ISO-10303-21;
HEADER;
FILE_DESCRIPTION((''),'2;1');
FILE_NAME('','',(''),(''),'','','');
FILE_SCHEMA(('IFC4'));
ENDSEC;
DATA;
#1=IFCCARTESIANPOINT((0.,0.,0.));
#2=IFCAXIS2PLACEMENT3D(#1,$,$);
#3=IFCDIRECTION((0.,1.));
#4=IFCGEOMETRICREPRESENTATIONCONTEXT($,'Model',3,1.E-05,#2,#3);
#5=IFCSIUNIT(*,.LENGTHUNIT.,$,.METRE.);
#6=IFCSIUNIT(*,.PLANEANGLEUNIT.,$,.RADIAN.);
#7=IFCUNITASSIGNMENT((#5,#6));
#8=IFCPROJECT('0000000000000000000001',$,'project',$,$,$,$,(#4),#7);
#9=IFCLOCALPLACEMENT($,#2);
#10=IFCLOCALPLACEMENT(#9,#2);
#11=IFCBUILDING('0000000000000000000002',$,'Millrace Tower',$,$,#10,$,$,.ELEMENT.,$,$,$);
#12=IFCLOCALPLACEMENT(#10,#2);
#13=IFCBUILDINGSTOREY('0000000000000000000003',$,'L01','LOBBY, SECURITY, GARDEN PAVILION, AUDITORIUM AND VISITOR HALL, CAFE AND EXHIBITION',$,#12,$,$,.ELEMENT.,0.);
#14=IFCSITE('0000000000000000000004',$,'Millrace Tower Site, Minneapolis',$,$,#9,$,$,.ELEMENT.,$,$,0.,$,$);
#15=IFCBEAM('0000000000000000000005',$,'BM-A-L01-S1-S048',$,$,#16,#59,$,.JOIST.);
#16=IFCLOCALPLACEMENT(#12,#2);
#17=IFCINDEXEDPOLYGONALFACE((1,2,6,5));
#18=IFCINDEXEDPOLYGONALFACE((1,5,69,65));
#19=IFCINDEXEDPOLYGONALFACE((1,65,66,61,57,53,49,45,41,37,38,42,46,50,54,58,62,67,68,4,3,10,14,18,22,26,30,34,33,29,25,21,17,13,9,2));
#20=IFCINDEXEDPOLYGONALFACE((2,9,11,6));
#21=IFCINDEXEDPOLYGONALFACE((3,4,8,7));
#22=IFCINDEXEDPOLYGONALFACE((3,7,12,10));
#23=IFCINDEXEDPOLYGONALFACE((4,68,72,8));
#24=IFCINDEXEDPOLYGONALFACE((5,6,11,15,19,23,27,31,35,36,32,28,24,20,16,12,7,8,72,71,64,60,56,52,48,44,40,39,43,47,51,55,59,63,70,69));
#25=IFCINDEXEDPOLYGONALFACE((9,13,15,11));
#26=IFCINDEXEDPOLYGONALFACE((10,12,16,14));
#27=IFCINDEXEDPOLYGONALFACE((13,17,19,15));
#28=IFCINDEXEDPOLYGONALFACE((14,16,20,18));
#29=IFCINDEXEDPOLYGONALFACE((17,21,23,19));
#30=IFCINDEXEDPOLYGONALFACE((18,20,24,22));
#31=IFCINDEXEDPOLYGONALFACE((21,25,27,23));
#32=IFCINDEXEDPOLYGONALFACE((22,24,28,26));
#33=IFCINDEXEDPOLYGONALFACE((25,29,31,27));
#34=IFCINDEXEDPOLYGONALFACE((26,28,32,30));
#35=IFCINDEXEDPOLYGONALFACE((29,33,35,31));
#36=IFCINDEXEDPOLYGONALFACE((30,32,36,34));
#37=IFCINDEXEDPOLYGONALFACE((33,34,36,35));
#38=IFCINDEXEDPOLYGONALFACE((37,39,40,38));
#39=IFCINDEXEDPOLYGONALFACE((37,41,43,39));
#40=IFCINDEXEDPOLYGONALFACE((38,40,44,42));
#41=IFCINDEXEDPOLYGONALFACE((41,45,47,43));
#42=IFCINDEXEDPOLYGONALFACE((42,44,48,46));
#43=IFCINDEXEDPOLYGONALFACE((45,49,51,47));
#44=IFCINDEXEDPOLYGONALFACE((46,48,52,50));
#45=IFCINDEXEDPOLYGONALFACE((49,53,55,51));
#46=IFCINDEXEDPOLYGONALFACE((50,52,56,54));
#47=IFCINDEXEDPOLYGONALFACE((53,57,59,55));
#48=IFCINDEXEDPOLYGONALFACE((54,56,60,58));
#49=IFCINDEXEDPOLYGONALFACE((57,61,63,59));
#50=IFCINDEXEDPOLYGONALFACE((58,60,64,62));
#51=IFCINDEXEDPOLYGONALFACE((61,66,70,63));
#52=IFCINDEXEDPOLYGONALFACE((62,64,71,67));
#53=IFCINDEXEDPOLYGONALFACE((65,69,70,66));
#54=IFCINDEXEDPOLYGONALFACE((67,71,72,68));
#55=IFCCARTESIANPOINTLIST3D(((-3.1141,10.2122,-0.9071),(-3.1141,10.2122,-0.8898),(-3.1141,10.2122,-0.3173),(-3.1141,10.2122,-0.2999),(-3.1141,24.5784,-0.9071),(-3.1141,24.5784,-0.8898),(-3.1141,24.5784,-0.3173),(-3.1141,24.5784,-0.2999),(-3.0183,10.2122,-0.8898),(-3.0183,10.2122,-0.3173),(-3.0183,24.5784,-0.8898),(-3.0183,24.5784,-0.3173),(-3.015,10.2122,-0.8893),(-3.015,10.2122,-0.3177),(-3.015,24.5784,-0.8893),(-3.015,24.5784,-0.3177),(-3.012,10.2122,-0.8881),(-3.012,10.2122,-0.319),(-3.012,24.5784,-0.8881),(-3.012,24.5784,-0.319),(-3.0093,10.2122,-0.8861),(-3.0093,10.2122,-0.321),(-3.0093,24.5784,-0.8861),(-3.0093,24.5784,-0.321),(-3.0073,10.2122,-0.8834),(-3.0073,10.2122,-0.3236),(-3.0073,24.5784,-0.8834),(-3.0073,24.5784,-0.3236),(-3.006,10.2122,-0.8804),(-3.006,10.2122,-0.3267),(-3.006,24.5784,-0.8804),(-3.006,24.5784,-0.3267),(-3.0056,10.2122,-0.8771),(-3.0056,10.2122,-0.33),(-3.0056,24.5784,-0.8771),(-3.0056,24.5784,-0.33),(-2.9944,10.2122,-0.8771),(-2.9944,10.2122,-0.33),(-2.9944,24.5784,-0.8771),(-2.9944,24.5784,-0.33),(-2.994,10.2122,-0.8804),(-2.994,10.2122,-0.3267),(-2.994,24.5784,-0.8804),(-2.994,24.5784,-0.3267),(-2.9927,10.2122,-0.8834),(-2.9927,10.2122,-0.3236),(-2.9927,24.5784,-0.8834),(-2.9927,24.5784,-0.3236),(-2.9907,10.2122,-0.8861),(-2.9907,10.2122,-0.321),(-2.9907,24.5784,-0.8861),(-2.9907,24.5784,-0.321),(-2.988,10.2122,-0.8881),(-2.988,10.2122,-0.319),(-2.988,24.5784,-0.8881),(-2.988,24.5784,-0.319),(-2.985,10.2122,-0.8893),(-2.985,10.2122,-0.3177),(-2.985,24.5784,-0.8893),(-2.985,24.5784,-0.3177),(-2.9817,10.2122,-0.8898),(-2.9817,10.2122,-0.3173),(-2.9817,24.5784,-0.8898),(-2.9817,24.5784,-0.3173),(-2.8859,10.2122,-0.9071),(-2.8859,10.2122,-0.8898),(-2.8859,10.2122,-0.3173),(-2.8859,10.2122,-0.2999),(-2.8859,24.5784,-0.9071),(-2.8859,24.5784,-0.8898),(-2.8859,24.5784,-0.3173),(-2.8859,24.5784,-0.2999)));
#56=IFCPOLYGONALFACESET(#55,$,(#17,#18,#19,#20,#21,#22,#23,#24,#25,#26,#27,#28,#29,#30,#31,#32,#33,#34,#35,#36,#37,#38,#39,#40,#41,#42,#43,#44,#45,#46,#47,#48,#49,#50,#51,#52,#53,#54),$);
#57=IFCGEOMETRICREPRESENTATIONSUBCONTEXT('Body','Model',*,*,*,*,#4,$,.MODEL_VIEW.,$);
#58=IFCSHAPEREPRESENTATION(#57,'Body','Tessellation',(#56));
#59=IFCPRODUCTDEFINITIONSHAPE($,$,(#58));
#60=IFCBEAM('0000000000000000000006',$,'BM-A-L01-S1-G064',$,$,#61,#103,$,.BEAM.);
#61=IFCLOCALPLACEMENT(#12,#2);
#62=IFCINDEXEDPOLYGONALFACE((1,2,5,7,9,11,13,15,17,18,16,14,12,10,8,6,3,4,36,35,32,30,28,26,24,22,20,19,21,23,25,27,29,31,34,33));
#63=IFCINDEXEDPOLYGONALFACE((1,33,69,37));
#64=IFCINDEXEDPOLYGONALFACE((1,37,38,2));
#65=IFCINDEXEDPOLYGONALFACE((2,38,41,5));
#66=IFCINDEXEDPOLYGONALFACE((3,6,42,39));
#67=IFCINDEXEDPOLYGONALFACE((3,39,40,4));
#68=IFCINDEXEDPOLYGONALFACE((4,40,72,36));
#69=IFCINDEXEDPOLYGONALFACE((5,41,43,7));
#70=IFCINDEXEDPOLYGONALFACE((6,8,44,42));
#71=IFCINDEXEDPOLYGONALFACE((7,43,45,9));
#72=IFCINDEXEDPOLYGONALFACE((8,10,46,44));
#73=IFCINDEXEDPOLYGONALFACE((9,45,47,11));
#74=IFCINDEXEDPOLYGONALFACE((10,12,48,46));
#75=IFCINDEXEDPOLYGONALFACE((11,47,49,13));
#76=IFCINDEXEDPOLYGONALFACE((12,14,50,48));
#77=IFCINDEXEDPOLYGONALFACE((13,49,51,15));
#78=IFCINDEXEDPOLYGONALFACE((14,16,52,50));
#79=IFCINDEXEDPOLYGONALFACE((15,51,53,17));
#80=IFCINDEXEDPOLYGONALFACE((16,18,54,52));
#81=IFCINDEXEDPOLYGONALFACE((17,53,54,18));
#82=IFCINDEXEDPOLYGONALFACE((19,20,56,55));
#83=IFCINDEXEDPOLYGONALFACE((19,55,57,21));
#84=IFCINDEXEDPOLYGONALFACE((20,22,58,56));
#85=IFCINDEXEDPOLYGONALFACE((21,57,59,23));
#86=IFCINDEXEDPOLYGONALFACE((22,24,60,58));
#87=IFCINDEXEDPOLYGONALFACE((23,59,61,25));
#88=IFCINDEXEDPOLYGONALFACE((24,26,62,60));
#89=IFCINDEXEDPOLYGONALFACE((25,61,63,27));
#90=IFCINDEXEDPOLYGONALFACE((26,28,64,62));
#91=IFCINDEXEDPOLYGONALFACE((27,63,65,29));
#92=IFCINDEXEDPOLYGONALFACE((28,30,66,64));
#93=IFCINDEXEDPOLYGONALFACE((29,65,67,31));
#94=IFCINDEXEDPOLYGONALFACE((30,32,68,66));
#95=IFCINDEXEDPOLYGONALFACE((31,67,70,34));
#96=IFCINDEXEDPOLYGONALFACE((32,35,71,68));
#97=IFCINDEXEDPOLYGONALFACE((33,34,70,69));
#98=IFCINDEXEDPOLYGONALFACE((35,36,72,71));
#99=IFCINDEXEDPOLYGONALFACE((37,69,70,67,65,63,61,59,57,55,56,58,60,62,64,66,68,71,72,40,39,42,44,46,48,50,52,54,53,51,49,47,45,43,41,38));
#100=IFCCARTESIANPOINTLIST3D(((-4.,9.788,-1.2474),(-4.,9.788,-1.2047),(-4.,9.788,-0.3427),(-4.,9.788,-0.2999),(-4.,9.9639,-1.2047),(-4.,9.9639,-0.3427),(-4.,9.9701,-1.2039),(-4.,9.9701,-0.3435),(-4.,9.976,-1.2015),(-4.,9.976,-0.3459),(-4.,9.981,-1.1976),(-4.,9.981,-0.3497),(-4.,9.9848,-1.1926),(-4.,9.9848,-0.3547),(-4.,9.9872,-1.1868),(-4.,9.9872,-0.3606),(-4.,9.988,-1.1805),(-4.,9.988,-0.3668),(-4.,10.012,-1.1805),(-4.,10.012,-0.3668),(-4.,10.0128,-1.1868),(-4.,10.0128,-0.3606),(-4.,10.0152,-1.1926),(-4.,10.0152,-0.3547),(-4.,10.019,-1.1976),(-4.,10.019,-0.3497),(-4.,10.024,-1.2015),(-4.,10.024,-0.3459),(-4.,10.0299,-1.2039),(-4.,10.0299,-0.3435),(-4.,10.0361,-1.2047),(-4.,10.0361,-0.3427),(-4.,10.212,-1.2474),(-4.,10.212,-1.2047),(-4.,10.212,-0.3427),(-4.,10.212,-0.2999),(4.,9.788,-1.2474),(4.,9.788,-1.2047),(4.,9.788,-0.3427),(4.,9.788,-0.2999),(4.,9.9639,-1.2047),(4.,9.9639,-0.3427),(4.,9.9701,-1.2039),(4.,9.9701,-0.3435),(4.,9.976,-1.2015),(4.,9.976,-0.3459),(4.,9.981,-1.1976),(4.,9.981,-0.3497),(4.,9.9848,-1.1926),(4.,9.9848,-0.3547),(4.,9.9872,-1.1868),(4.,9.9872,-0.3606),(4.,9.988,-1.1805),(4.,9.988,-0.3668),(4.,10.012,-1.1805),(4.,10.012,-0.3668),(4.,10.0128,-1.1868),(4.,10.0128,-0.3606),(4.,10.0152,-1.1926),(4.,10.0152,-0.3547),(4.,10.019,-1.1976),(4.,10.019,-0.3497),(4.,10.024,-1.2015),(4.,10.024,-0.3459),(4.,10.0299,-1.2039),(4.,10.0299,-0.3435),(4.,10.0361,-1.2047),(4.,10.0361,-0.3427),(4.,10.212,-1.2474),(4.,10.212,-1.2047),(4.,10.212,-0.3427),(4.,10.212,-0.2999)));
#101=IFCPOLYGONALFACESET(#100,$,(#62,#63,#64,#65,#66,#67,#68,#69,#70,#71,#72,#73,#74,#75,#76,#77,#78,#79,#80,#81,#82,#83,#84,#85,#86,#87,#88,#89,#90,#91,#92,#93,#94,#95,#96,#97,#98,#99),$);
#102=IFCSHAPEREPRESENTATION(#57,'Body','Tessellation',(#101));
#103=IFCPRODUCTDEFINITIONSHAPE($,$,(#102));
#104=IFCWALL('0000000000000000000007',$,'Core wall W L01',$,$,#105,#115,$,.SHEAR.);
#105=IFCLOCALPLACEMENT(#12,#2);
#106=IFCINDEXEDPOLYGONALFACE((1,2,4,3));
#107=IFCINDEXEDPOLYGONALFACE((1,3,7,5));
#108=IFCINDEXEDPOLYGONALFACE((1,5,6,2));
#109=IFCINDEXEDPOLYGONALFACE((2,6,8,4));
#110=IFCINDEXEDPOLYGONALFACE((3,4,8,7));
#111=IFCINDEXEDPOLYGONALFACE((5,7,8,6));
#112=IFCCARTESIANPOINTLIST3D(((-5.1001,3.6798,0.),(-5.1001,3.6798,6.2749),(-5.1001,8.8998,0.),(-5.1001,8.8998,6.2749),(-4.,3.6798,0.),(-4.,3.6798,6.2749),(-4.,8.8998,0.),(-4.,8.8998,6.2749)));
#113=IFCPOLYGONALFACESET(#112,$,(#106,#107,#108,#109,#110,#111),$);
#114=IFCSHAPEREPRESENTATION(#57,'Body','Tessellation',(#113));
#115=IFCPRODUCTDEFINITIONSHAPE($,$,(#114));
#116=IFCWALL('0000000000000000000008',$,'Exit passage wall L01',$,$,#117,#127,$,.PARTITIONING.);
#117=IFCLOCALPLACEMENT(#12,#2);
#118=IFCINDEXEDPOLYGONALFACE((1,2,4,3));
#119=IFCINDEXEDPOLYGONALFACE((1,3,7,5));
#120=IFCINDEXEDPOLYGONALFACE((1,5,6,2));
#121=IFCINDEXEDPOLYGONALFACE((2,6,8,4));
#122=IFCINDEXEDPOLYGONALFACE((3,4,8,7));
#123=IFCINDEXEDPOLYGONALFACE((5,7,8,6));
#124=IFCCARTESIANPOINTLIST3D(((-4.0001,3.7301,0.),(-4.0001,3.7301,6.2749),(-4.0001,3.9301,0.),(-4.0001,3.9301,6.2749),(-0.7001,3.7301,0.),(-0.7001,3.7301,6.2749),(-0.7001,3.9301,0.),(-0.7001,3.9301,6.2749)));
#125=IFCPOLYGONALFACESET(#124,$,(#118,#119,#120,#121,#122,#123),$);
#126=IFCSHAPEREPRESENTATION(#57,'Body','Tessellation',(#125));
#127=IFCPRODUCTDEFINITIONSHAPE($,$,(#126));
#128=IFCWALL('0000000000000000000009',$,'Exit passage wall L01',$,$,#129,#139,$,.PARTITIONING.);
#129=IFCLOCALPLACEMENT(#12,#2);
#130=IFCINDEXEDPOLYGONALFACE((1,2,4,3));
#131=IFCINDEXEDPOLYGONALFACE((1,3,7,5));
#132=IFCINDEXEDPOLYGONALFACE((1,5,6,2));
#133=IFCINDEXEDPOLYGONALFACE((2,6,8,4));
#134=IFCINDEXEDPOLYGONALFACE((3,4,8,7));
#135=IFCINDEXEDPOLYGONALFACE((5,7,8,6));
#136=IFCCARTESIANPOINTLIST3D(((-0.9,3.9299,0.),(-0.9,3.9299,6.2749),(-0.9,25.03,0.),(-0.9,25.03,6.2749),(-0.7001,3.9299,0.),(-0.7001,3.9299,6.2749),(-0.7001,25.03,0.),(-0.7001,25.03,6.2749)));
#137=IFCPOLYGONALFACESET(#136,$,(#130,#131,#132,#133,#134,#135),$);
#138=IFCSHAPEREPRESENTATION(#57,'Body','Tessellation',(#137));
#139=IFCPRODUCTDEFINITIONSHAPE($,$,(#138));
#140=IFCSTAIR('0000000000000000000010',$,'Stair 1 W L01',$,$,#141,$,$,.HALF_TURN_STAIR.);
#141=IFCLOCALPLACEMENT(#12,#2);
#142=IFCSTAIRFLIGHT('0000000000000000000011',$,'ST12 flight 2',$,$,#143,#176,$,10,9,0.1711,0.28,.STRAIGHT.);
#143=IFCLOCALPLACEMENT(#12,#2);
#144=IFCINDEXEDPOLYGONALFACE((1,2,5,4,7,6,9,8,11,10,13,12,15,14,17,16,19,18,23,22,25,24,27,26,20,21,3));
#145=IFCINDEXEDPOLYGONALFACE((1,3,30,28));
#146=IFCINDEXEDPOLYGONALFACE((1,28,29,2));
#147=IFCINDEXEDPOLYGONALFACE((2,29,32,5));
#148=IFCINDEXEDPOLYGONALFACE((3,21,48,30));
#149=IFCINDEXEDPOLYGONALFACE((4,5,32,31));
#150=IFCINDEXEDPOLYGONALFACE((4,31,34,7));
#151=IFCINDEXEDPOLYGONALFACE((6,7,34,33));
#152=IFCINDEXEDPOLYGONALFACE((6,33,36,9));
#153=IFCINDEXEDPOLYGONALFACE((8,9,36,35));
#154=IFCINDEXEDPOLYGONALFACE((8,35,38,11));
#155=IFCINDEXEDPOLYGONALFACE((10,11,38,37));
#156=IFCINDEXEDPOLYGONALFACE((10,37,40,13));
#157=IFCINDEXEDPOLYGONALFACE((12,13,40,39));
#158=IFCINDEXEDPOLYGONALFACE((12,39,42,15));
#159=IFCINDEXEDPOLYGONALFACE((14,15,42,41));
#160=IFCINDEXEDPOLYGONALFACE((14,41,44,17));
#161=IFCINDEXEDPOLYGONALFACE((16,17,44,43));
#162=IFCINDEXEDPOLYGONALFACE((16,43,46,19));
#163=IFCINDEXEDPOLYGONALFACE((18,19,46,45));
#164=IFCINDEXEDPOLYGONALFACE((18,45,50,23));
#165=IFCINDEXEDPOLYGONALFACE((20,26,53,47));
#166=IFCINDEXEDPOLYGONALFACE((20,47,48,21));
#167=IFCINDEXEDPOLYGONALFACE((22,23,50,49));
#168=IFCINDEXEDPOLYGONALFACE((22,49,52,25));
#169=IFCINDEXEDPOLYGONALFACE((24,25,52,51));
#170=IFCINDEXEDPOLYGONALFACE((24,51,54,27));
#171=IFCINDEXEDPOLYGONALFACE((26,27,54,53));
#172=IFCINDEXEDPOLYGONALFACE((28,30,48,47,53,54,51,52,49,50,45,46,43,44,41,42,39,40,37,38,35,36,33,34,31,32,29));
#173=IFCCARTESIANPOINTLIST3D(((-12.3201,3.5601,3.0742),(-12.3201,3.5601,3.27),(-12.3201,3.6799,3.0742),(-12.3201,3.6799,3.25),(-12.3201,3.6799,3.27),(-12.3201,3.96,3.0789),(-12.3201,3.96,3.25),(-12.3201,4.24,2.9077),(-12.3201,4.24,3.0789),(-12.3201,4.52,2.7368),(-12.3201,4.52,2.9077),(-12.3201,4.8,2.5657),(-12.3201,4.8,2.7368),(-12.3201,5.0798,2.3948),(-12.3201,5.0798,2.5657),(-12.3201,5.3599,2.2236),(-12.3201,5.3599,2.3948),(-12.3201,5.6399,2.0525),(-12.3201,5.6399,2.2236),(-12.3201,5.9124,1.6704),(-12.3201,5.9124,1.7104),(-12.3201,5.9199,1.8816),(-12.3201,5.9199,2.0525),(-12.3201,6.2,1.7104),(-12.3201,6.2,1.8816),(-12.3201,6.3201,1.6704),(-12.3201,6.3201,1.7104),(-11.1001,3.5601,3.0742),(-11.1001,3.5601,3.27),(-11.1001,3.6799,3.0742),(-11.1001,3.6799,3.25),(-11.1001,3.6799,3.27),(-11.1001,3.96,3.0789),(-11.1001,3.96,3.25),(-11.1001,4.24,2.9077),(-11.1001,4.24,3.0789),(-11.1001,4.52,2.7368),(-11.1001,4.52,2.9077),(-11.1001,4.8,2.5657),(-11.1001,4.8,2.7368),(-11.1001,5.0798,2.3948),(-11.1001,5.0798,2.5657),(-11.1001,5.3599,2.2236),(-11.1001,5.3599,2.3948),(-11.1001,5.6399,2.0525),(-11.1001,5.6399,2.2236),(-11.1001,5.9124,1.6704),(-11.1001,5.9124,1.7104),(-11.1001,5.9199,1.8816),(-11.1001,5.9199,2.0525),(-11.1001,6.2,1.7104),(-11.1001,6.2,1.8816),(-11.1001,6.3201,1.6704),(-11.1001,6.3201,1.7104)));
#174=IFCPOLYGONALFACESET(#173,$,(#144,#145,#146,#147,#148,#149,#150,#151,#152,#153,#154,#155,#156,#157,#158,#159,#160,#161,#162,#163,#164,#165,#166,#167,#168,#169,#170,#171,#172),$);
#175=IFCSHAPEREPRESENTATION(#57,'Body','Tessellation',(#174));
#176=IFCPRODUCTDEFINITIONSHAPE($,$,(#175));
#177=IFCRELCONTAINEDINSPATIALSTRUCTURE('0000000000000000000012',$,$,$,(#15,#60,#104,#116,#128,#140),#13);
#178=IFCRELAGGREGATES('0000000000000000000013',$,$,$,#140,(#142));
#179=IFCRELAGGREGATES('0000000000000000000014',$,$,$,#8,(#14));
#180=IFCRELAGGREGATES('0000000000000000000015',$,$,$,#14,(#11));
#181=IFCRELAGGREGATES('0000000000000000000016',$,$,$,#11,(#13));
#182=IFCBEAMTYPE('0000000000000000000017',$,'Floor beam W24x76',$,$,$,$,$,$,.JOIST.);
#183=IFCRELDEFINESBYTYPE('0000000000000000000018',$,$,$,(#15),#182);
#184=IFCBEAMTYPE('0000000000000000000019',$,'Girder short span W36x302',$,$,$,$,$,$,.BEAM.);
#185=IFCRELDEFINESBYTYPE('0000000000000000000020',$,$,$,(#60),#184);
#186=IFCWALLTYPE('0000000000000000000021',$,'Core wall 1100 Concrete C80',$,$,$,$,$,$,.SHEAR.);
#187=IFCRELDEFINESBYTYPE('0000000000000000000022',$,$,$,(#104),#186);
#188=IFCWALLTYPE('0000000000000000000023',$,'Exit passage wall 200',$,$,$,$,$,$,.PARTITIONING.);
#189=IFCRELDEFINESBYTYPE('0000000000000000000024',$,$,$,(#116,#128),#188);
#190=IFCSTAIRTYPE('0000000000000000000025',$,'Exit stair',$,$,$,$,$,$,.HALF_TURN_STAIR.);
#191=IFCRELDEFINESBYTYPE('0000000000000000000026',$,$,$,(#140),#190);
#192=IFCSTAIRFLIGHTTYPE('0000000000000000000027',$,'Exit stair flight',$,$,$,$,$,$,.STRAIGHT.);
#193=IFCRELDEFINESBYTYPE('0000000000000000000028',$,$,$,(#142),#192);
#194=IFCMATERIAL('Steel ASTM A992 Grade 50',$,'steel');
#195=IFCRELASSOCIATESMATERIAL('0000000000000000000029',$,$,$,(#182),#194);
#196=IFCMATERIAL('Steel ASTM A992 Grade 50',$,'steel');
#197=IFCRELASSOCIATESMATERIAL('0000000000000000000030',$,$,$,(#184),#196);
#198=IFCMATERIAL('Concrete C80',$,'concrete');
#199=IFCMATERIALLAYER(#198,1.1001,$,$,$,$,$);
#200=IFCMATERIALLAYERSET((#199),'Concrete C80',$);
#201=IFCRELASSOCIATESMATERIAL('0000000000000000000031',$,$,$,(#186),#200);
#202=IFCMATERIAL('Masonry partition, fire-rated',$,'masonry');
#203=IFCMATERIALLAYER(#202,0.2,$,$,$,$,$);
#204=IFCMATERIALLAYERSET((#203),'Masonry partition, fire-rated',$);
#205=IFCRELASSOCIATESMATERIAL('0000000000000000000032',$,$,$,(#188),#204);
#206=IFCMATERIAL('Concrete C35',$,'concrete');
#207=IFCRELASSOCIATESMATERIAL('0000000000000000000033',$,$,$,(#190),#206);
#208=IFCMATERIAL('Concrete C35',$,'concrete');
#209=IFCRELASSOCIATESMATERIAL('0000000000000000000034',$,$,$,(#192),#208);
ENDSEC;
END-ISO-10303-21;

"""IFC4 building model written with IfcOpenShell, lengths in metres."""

from ifc_helpers import new_model, si_unit, direction, frame, frame_2d, origin, origin_2d, place, context, subcontext, project, spatial, polyline, rectangle, i_section, outline, extrude, material, layer, layer_set, material_profile, profile_set, type_object, element, aggregate, save


model = new_model("IFC4")

# Units and contexts
model_context = context("Model", 3, precision=1e-05, world=origin(), true_north=direction((0.0, 1.0)))
body_context = subcontext(model_context, "Body", "Model", "MODEL_VIEW")
ifc_project = project(units=[si_unit("LENGTHUNIT", "METRE"), si_unit("PLANEANGLEUNIT", "RADIAN")], contexts=[model_context])

# Site, building, storey
site_placement = place(None, origin())
site = spatial("IfcSite", under=ifc_project, at=site_placement, Name="Millrace Tower Site, Minneapolis", CompositionType="ELEMENT", RefElevation=0.0)
building_placement = place(site_placement, origin())
building = spatial("IfcBuilding", under=site, at=building_placement, Name="Millrace Tower", CompositionType="ELEMENT")
storey_placement = place(building_placement, origin())
storey = spatial("IfcBuildingStorey", under=building, at=storey_placement, Name="L01", Description="LOBBY, SECURITY, GARDEN PAVILION, AUDITORIUM AND VISITOR HALL, CAFE AND EXHIBITION", CompositionType="ELEMENT", Elevation=0.0)

# Beams
ifc_material_1 = material(Name="Steel ASTM A992 Grade 50", Category="steel")
ifc_material_profile_1 = material_profile(ifc_material_1, i_section(OverallWidth=0.2283, OverallDepth=0.6072, WebThickness=0.0112, FlangeThickness=0.0173, FilletRadius=0.0127, at=origin_2d()))
ifc_profile_set_1 = profile_set([ifc_material_profile_1], Name="Steel ASTM A992 Grade 50")
beam_type_1 = type_object("IfcBeamType", Name="Floor beam W24x76", PredefinedType="JOIST", material=ifc_profile_set_1)
beam_1_placement = place(storey_placement, frame((-3.0, 10.2122, -0.6035), z_axis=(0.0, 1.0, 0.0), x_axis=(-1.0, 0.0, 0.0)))
element("IfcBeam", 1, at=beam_1_placement, inside=storey, type_object=beam_type_1, Name="BM-A-L01-S1-S048", PredefinedType="JOIST", context=body_context, shape_type="SweptSolid", body=[
    extrude(i_section(OverallWidth=0.2283, OverallDepth=0.6072, WebThickness=0.0112, FlangeThickness=0.0173, FilletRadius=0.0127, at=origin_2d()), origin(), (0.0, 0.0, 1.0), 14.3662),
])
ifc_material_2 = material(Name="Steel ASTM A992 Grade 50", Category="steel")
ifc_material_profile_2 = material_profile(ifc_material_2, i_section(OverallWidth=0.4241, OverallDepth=0.9475, WebThickness=0.0239, FlangeThickness=0.0427, FilletRadius=0.0242, at=origin_2d()))
ifc_profile_set_2 = profile_set([ifc_material_profile_2], Name="Steel ASTM A992 Grade 50")
beam_type_2 = type_object("IfcBeamType", Name="Girder short span W36x302", PredefinedType="BEAM", material=ifc_profile_set_2)
beam_2_placement = place(storey_placement, frame((-4.0, 10.0, -0.7737), z_axis=(1.0, 0.0, 0.0), x_axis=(0.0, 1.0, 0.0)))
element("IfcBeam", 2, at=beam_2_placement, inside=storey, type_object=beam_type_2, Name="BM-A-L01-S1-G064", PredefinedType="BEAM", context=body_context, shape_type="SweptSolid", body=[
    extrude(i_section(OverallWidth=0.4241, OverallDepth=0.9475, WebThickness=0.0239, FlangeThickness=0.0427, FilletRadius=0.0242, at=origin_2d()), origin(), (0.0, 0.0, 1.0), 8.0),
])

# Walls
ifc_material_3 = material(Name="Concrete C80", Category="concrete")
ifc_layer_1 = layer(ifc_material_3, 1.1001)
ifc_layer_set_1 = layer_set([ifc_layer_1], Name="Concrete C80")
wall_type_1 = type_object("IfcWallType", Name="Core wall 1100 Concrete C80", PredefinedType="SHEAR", material=ifc_layer_set_1)
wall_1_placement = place(storey_placement, frame((-4.55, 3.6799, 0.0), z_axis=(0.0, 0.0, 1.0), x_axis=(0.0, 1.0, 0.0)))
element("IfcWall", 3, at=wall_1_placement, inside=storey, type_object=wall_type_1, Name="Core wall W L01", PredefinedType="SHEAR", context=body_context, shape_type="SweptSolid", body=[
    extrude(rectangle(XDim=5.22, YDim=1.1001, at=frame_2d((2.6099, 0.0))), origin(), (0.0, 0.0, 1.0), 6.2749),
])
ifc_material_4 = material(Name="Masonry partition, fire-rated", Category="masonry")
ifc_layer_2 = layer(ifc_material_4, 0.2)
ifc_layer_set_2 = layer_set([ifc_layer_2], Name="Masonry partition, fire-rated")
wall_type_2 = type_object("IfcWallType", Name="Exit passage wall 200", PredefinedType="PARTITIONING", material=ifc_layer_set_2)
wall_2_placement = place(storey_placement, frame((-4.0, 3.8301, 0.0), z_axis=(0.0, 0.0, 1.0), x_axis=(1.0, 0.0, 0.0)))
element("IfcWall", 4, at=wall_2_placement, inside=storey, type_object=wall_type_2, Name="Exit passage wall L01", PredefinedType="PARTITIONING", context=body_context, shape_type="SweptSolid", body=[
    extrude(rectangle(XDim=3.3, YDim=0.2, at=frame_2d((1.6499, 0.0))), origin(), (0.0, 0.0, 1.0), 6.2749),
])
wall_3_placement = place(storey_placement, frame((-0.8, 3.9299, 0.0), z_axis=(0.0, 0.0, 1.0), x_axis=(0.0, 1.0, 0.0)))
element("IfcWall", 5, at=wall_3_placement, inside=storey, type_object=wall_type_2, Name="Exit passage wall L01", PredefinedType="PARTITIONING", context=body_context, shape_type="SweptSolid", body=[
    extrude(rectangle(XDim=21.1001, YDim=0.2, at=frame_2d((10.55, 0.0))), origin(), (0.0, 0.0, 1.0), 6.2749),
])

# Stair, stair flight
ifc_material_5 = material(Name="Concrete C35", Category="concrete")
stair_type = type_object("IfcStairType", Name="Exit stair", PredefinedType="HALF_TURN_STAIR", material=ifc_material_5)
placement = place(storey_placement, origin())
stair_1 = element("IfcStair", 6, at=placement, inside=storey, type_object=stair_type, Name="Stair 1 W L01", PredefinedType="HALF_TURN_STAIR")
ifc_material_6 = material(Name="Concrete C35", Category="concrete")
stair_flight_type = type_object("IfcStairFlightType", Name="Exit stair flight", PredefinedType="STRAIGHT", material=ifc_material_6)
stair_flight_1_placement = place(storey_placement, frame((-11.71, 6.2, 1.7104), z_axis=(0.0, 0.0, 1.0), x_axis=(0.0, -1.0, 0.0)))
stair_flight_1 = element("IfcStairFlight", 7, at=stair_flight_1_placement, type_object=stair_flight_type, Name="ST12 flight 2", NumberOfRisers=10, NumberOfTreads=9, PredefinedType="STRAIGHT", RiserHeight=0.1711, TreadLength=0.28, context=body_context, shape_type="SweptSolid", body=[
    extrude(outline(polyline([(-0.1201, -0.04), (-0.1201, 0.0), (0.0, 0.0), (0.0, 0.1711), (0.28, 0.1711), (0.28, 0.342), (0.5601, 0.342), (0.5601, 0.5132), (0.8401, 0.5132), (0.8401, 0.6843), (1.1201, 0.6843), (1.1201, 0.8552), (1.3999, 0.8552), (1.3999, 1.0264), (1.6799, 1.0264), (1.6799, 1.1973), (1.96, 1.1973), (1.96, 1.3684), (2.24, 1.3684), (2.24, 1.5396), (2.52, 1.5396), (2.52, 1.5596), (2.6399, 1.5596), (2.6399, 1.3638), (2.52, 1.3638), (0.2876, 0.0), (0.2876, -0.04), (-0.1201, -0.04)])), frame((0.0, 0.6099, 0.0), z_axis=(0.0, -1.0, 0.0), x_axis=(1.0, 0.0, 0.0)), (0.0, 0.0, 1.0), 1.22),
])
aggregate(stair_1, [stair_flight_1])

save(model, "model.ifc")
